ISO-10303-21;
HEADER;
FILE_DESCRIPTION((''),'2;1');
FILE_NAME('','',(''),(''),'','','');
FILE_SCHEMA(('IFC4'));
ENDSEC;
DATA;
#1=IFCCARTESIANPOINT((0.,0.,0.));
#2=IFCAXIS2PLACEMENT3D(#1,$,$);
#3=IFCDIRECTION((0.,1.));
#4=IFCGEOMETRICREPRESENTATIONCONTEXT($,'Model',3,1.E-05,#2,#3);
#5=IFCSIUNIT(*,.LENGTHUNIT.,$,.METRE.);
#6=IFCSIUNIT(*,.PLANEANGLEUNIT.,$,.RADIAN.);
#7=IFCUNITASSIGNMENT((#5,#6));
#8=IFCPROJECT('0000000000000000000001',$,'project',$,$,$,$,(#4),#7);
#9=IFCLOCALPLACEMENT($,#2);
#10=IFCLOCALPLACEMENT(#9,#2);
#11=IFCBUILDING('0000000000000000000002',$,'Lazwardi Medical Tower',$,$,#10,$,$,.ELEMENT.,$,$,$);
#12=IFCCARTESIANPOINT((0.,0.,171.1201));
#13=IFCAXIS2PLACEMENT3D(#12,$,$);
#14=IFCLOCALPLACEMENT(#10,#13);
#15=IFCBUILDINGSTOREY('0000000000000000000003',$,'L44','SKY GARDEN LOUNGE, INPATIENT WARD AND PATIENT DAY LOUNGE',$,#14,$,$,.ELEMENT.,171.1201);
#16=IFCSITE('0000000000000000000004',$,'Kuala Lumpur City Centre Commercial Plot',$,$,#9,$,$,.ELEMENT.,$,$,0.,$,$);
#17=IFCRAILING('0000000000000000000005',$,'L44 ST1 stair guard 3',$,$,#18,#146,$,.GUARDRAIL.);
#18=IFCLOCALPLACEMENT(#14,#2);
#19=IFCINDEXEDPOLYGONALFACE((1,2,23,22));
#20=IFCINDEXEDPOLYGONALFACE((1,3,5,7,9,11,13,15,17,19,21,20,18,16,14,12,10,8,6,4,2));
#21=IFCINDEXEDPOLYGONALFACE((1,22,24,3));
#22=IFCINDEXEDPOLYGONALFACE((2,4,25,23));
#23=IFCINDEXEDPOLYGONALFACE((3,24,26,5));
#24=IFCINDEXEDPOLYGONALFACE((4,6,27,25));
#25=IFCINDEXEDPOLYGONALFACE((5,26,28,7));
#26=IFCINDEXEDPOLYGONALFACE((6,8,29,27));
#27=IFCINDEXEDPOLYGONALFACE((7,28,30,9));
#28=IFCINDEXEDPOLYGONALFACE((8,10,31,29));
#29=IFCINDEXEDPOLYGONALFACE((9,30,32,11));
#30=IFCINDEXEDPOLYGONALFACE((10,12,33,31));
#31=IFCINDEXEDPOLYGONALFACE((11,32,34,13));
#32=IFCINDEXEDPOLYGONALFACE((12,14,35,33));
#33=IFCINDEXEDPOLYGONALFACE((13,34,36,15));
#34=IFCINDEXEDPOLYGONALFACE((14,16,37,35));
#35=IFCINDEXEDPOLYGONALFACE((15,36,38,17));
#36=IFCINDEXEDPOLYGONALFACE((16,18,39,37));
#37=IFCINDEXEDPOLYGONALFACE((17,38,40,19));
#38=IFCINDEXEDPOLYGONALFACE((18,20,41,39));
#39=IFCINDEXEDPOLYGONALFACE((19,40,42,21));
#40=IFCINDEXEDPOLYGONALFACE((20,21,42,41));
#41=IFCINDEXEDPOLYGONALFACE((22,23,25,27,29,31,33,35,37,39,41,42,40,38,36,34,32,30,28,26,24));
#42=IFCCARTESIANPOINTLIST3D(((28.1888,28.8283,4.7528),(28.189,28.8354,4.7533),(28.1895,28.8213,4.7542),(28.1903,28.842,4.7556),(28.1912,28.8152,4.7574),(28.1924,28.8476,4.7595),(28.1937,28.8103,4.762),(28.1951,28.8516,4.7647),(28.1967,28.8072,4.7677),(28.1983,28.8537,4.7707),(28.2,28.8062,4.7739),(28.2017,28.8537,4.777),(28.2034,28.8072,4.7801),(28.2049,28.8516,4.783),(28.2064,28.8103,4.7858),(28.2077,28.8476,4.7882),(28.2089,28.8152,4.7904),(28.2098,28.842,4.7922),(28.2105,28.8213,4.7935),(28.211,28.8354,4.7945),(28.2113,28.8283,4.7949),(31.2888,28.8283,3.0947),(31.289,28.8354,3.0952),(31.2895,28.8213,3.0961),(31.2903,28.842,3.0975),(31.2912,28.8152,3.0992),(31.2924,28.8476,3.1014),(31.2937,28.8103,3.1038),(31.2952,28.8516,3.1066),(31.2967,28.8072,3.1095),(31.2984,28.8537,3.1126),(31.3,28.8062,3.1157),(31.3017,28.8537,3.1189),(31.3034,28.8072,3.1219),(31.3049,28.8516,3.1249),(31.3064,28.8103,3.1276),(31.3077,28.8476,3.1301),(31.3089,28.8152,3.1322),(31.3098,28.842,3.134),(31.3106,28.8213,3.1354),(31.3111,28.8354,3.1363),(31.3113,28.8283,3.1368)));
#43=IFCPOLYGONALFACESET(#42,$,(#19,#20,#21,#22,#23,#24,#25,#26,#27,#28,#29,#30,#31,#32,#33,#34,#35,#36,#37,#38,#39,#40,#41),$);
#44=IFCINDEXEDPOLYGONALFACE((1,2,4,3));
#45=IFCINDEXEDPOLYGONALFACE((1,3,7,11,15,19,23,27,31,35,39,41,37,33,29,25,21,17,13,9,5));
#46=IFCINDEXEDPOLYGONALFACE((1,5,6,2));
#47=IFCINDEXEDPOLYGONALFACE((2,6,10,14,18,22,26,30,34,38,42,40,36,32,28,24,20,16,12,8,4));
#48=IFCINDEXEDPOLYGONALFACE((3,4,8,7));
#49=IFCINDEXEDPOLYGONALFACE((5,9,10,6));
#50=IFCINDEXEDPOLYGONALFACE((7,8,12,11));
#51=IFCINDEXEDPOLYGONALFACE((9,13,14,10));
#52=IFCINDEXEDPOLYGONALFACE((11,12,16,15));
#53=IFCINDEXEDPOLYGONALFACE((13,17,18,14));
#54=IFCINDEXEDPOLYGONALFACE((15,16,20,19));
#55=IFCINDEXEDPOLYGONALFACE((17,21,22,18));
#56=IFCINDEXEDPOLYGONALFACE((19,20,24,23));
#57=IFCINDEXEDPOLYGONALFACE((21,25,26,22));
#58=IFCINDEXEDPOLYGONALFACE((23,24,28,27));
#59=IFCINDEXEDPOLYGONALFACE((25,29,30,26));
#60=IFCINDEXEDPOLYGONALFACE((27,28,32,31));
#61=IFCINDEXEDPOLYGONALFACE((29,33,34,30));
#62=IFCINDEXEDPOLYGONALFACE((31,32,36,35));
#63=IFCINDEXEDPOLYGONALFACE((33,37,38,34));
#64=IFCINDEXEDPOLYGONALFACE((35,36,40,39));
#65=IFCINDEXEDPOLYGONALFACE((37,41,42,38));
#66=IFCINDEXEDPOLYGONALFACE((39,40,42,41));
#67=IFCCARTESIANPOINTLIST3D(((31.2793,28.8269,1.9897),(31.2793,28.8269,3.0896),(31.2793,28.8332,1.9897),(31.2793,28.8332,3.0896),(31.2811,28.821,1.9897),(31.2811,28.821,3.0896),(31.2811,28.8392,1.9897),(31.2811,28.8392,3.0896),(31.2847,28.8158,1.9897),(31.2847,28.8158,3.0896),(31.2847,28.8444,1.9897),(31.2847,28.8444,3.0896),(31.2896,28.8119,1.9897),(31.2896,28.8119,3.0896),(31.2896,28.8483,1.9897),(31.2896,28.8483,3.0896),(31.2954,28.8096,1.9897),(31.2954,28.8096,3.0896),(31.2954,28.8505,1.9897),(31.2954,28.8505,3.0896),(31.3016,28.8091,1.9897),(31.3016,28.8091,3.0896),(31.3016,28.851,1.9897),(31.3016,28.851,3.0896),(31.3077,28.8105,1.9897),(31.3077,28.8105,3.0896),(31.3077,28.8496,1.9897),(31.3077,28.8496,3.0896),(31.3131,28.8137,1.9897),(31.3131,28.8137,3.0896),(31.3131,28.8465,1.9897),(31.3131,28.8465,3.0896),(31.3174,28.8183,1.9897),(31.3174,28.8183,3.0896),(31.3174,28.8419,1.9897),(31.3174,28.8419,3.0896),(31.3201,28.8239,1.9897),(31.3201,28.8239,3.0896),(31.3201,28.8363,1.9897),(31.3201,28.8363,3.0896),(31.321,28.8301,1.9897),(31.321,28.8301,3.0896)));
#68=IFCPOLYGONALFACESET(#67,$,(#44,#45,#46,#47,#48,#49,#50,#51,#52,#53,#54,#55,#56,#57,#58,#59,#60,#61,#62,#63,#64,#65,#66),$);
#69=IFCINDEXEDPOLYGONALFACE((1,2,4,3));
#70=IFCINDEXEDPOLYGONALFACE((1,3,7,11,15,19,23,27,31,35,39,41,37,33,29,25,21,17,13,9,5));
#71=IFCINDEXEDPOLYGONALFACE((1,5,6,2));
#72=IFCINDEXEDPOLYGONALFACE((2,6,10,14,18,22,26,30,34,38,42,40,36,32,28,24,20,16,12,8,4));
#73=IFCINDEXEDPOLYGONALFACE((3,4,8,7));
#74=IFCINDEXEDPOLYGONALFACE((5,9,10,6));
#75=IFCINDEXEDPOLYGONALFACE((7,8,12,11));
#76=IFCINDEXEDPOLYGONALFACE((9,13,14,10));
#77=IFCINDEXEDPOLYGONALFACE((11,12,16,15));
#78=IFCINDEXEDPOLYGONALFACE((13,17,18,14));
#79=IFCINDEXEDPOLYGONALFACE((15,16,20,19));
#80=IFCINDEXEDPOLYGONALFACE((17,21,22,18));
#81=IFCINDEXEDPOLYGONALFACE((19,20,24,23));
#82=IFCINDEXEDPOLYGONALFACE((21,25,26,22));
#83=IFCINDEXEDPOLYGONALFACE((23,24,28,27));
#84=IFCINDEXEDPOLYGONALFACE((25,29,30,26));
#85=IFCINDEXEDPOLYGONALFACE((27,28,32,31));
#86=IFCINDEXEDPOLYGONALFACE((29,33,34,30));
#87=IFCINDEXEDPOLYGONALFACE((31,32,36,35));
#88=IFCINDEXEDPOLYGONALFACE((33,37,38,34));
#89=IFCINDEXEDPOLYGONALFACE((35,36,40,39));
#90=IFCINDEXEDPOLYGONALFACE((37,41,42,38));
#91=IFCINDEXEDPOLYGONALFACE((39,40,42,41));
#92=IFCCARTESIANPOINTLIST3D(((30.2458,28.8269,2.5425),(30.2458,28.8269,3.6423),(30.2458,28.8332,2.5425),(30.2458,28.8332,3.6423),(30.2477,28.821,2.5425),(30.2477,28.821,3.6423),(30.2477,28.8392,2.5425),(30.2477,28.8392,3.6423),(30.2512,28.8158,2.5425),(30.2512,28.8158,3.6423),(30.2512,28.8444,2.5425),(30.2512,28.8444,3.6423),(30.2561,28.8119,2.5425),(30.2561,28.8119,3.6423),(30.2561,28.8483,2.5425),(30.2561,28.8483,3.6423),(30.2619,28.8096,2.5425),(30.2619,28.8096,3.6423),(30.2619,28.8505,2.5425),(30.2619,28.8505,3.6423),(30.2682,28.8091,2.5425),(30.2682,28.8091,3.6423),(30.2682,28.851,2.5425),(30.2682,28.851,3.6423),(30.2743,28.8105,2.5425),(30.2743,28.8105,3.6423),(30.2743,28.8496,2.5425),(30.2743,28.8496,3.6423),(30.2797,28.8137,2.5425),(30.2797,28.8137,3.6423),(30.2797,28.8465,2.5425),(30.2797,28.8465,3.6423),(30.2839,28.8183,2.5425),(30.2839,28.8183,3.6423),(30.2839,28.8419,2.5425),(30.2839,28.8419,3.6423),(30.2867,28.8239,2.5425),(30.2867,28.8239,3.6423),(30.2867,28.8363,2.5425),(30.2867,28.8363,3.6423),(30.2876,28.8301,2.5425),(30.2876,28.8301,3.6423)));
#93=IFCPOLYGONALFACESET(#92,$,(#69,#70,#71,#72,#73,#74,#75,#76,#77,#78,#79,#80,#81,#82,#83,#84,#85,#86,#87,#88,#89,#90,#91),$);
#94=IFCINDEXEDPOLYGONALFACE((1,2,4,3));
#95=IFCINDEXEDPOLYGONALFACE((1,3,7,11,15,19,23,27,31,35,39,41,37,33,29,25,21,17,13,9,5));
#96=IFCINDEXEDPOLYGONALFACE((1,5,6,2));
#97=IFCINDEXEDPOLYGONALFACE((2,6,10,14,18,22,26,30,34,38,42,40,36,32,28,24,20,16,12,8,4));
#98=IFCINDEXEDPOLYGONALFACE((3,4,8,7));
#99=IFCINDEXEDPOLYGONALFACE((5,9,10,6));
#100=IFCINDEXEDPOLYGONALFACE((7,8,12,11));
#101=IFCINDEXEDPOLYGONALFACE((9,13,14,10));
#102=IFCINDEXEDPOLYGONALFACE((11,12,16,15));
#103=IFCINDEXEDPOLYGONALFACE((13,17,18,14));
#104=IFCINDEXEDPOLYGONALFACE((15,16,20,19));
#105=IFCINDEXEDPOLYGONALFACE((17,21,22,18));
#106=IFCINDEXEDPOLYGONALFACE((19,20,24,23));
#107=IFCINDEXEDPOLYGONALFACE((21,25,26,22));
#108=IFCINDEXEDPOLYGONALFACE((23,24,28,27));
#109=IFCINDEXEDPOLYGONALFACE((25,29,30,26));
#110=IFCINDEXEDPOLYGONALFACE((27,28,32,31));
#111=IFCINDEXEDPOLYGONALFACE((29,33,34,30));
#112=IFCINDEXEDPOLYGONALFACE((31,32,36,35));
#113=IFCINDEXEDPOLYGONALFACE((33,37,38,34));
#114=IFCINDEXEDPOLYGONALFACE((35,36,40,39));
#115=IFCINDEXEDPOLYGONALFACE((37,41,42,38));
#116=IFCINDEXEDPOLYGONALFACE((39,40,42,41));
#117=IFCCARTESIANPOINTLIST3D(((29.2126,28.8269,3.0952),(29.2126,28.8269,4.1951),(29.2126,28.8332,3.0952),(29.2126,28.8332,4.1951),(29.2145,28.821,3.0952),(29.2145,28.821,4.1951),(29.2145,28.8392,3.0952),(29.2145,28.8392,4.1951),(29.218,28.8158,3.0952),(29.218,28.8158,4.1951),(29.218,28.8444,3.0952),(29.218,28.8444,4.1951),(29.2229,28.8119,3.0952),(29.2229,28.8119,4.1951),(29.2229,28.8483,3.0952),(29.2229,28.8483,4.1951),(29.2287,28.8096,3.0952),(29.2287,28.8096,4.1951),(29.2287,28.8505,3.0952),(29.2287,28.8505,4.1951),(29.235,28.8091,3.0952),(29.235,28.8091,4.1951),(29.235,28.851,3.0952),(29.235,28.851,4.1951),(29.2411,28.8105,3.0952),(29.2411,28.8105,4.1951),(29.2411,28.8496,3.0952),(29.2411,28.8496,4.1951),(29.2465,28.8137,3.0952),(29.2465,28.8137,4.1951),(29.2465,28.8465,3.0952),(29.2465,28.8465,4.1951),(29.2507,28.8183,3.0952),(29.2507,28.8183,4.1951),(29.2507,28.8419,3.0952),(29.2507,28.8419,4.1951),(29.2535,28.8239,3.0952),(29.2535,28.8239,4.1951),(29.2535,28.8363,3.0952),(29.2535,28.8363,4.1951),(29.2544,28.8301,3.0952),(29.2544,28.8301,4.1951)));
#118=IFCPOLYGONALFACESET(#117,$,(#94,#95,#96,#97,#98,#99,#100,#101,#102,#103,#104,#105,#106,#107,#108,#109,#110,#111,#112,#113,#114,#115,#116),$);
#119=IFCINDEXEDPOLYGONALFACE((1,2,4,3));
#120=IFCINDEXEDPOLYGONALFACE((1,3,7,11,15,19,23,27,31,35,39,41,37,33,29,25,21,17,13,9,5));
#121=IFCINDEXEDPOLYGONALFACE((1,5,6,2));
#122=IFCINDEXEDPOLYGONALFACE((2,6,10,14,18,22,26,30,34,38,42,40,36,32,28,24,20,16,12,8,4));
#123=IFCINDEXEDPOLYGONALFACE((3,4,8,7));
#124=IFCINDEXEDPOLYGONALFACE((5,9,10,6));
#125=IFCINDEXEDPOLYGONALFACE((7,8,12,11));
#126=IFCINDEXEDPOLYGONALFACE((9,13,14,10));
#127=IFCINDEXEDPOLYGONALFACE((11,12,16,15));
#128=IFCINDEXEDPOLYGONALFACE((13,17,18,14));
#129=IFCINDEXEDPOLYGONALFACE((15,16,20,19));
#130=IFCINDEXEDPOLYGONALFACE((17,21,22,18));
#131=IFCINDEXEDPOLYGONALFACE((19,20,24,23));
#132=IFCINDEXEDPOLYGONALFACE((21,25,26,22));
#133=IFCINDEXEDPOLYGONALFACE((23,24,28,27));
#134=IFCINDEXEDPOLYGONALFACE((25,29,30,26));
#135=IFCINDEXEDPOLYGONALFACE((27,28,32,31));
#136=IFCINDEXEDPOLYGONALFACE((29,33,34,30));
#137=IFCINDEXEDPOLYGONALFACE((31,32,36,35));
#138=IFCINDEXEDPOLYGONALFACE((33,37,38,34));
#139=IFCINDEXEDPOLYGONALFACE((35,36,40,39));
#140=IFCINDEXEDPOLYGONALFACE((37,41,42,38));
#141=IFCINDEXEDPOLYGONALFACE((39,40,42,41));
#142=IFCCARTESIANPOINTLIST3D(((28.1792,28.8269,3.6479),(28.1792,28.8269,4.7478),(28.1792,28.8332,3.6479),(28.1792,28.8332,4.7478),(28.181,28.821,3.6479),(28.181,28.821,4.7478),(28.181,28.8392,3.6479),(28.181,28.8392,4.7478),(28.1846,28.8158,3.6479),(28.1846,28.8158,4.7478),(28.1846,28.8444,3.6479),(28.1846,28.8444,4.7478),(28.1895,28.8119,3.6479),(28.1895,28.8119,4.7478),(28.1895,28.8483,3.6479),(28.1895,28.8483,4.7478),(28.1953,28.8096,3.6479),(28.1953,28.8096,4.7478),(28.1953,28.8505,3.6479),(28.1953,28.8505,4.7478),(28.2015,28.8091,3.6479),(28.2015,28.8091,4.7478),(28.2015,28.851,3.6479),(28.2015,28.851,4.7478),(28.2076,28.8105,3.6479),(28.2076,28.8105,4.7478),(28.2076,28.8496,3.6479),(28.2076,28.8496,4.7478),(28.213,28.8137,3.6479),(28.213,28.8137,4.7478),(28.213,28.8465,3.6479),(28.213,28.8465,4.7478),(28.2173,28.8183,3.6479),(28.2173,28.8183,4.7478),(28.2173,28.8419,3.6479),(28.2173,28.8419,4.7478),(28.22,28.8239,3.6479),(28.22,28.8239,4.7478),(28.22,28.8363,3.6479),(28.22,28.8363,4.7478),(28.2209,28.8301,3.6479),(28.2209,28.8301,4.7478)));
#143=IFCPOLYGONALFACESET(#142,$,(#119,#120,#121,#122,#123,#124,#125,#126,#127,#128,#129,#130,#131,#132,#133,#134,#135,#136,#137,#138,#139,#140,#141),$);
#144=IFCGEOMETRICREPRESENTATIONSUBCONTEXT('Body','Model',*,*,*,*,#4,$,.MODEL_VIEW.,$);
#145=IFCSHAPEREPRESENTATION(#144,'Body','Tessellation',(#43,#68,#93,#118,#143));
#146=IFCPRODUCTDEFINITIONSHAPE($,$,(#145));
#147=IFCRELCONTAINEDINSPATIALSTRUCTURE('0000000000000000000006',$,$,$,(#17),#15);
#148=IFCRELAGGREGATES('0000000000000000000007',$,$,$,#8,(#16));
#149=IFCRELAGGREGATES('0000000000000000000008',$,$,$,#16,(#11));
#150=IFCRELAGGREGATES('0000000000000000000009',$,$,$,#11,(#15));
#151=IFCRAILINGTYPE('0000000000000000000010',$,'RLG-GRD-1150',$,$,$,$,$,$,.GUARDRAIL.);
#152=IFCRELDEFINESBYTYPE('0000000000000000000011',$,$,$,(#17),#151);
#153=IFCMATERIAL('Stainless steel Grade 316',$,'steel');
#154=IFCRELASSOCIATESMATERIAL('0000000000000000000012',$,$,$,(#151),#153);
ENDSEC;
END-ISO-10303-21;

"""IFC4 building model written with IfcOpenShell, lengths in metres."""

from ifc_helpers import new_model, si_unit, direction, frame, origin, origin_2d, place, context, subcontext, project, spatial, circle, extrude, material, type_object, element, save


model = new_model("IFC4")

# Units and contexts
model_context = context("Model", 3, precision=1e-05, world=origin(), true_north=direction((0.0, 1.0)))
body_context = subcontext(model_context, "Body", "Model", "MODEL_VIEW")
ifc_project = project(units=[si_unit("LENGTHUNIT", "METRE"), si_unit("PLANEANGLEUNIT", "RADIAN")], contexts=[model_context])

# Site, building, storey
site_placement = place(None, origin())
site = spatial("IfcSite", under=ifc_project, at=site_placement, Name="Kuala Lumpur City Centre Commercial Plot", CompositionType="ELEMENT", RefElevation=0.0)
building_placement = place(site_placement, origin())
building = spatial("IfcBuilding", under=site, at=building_placement, Name="Lazwardi Medical Tower", CompositionType="ELEMENT")
storey_placement = place(building_placement, frame((0.0, 0.0, 171.1201)))
storey = spatial("IfcBuildingStorey", under=building, at=storey_placement, Name="L44", Description="SKY GARDEN LOUNGE, INPATIENT WARD AND PATIENT DAY LOUNGE", CompositionType="ELEMENT", Elevation=171.1201)

# Railing
ifc_material_1 = material(Name="Stainless steel Grade 316", Category="steel")
railing_type_1 = type_object("IfcRailingType", Name="RLG-GRD-1150", PredefinedType="GUARDRAIL", material=ifc_material_1)
railing_1_placement = place(storey_placement, frame((31.3, 28.8301, 1.9897)))
element("IfcRailing", 1, at=railing_1_placement, inside=storey, type_object=railing_type_1, Name="L44 ST1 stair guard 3", PredefinedType="GUARDRAIL", context=body_context, shape_type="SweptSolid", body=[
    extrude(circle(Radius=0.0239, at=origin_2d()), frame((0.0, 0.0, 1.126), z_axis=(-0.881783, 0.0, 0.471655), x_axis=(0.0, -1.0, 0.0)), (0.0, 0.0, 1.0), 3.5156),
    extrude(circle(Radius=0.021, at=origin_2d()), origin(), (0.0, 0.0, 1.0), 1.0999),
    extrude(circle(Radius=0.021, at=origin_2d()), frame((-1.0334, 0.0, 0.5527)), (0.0, 0.0, 1.0), 1.0999),
    extrude(circle(Radius=0.021, at=origin_2d()), frame((-2.0667, 0.0, 1.1055)), (0.0, 0.0, 1.0), 1.0999),
    extrude(circle(Radius=0.021, at=origin_2d()), frame((-3.1001, 0.0, 1.6582)), (0.0, 0.0, 1.0), 1.0999),
])

save(model, "model.ifc")
